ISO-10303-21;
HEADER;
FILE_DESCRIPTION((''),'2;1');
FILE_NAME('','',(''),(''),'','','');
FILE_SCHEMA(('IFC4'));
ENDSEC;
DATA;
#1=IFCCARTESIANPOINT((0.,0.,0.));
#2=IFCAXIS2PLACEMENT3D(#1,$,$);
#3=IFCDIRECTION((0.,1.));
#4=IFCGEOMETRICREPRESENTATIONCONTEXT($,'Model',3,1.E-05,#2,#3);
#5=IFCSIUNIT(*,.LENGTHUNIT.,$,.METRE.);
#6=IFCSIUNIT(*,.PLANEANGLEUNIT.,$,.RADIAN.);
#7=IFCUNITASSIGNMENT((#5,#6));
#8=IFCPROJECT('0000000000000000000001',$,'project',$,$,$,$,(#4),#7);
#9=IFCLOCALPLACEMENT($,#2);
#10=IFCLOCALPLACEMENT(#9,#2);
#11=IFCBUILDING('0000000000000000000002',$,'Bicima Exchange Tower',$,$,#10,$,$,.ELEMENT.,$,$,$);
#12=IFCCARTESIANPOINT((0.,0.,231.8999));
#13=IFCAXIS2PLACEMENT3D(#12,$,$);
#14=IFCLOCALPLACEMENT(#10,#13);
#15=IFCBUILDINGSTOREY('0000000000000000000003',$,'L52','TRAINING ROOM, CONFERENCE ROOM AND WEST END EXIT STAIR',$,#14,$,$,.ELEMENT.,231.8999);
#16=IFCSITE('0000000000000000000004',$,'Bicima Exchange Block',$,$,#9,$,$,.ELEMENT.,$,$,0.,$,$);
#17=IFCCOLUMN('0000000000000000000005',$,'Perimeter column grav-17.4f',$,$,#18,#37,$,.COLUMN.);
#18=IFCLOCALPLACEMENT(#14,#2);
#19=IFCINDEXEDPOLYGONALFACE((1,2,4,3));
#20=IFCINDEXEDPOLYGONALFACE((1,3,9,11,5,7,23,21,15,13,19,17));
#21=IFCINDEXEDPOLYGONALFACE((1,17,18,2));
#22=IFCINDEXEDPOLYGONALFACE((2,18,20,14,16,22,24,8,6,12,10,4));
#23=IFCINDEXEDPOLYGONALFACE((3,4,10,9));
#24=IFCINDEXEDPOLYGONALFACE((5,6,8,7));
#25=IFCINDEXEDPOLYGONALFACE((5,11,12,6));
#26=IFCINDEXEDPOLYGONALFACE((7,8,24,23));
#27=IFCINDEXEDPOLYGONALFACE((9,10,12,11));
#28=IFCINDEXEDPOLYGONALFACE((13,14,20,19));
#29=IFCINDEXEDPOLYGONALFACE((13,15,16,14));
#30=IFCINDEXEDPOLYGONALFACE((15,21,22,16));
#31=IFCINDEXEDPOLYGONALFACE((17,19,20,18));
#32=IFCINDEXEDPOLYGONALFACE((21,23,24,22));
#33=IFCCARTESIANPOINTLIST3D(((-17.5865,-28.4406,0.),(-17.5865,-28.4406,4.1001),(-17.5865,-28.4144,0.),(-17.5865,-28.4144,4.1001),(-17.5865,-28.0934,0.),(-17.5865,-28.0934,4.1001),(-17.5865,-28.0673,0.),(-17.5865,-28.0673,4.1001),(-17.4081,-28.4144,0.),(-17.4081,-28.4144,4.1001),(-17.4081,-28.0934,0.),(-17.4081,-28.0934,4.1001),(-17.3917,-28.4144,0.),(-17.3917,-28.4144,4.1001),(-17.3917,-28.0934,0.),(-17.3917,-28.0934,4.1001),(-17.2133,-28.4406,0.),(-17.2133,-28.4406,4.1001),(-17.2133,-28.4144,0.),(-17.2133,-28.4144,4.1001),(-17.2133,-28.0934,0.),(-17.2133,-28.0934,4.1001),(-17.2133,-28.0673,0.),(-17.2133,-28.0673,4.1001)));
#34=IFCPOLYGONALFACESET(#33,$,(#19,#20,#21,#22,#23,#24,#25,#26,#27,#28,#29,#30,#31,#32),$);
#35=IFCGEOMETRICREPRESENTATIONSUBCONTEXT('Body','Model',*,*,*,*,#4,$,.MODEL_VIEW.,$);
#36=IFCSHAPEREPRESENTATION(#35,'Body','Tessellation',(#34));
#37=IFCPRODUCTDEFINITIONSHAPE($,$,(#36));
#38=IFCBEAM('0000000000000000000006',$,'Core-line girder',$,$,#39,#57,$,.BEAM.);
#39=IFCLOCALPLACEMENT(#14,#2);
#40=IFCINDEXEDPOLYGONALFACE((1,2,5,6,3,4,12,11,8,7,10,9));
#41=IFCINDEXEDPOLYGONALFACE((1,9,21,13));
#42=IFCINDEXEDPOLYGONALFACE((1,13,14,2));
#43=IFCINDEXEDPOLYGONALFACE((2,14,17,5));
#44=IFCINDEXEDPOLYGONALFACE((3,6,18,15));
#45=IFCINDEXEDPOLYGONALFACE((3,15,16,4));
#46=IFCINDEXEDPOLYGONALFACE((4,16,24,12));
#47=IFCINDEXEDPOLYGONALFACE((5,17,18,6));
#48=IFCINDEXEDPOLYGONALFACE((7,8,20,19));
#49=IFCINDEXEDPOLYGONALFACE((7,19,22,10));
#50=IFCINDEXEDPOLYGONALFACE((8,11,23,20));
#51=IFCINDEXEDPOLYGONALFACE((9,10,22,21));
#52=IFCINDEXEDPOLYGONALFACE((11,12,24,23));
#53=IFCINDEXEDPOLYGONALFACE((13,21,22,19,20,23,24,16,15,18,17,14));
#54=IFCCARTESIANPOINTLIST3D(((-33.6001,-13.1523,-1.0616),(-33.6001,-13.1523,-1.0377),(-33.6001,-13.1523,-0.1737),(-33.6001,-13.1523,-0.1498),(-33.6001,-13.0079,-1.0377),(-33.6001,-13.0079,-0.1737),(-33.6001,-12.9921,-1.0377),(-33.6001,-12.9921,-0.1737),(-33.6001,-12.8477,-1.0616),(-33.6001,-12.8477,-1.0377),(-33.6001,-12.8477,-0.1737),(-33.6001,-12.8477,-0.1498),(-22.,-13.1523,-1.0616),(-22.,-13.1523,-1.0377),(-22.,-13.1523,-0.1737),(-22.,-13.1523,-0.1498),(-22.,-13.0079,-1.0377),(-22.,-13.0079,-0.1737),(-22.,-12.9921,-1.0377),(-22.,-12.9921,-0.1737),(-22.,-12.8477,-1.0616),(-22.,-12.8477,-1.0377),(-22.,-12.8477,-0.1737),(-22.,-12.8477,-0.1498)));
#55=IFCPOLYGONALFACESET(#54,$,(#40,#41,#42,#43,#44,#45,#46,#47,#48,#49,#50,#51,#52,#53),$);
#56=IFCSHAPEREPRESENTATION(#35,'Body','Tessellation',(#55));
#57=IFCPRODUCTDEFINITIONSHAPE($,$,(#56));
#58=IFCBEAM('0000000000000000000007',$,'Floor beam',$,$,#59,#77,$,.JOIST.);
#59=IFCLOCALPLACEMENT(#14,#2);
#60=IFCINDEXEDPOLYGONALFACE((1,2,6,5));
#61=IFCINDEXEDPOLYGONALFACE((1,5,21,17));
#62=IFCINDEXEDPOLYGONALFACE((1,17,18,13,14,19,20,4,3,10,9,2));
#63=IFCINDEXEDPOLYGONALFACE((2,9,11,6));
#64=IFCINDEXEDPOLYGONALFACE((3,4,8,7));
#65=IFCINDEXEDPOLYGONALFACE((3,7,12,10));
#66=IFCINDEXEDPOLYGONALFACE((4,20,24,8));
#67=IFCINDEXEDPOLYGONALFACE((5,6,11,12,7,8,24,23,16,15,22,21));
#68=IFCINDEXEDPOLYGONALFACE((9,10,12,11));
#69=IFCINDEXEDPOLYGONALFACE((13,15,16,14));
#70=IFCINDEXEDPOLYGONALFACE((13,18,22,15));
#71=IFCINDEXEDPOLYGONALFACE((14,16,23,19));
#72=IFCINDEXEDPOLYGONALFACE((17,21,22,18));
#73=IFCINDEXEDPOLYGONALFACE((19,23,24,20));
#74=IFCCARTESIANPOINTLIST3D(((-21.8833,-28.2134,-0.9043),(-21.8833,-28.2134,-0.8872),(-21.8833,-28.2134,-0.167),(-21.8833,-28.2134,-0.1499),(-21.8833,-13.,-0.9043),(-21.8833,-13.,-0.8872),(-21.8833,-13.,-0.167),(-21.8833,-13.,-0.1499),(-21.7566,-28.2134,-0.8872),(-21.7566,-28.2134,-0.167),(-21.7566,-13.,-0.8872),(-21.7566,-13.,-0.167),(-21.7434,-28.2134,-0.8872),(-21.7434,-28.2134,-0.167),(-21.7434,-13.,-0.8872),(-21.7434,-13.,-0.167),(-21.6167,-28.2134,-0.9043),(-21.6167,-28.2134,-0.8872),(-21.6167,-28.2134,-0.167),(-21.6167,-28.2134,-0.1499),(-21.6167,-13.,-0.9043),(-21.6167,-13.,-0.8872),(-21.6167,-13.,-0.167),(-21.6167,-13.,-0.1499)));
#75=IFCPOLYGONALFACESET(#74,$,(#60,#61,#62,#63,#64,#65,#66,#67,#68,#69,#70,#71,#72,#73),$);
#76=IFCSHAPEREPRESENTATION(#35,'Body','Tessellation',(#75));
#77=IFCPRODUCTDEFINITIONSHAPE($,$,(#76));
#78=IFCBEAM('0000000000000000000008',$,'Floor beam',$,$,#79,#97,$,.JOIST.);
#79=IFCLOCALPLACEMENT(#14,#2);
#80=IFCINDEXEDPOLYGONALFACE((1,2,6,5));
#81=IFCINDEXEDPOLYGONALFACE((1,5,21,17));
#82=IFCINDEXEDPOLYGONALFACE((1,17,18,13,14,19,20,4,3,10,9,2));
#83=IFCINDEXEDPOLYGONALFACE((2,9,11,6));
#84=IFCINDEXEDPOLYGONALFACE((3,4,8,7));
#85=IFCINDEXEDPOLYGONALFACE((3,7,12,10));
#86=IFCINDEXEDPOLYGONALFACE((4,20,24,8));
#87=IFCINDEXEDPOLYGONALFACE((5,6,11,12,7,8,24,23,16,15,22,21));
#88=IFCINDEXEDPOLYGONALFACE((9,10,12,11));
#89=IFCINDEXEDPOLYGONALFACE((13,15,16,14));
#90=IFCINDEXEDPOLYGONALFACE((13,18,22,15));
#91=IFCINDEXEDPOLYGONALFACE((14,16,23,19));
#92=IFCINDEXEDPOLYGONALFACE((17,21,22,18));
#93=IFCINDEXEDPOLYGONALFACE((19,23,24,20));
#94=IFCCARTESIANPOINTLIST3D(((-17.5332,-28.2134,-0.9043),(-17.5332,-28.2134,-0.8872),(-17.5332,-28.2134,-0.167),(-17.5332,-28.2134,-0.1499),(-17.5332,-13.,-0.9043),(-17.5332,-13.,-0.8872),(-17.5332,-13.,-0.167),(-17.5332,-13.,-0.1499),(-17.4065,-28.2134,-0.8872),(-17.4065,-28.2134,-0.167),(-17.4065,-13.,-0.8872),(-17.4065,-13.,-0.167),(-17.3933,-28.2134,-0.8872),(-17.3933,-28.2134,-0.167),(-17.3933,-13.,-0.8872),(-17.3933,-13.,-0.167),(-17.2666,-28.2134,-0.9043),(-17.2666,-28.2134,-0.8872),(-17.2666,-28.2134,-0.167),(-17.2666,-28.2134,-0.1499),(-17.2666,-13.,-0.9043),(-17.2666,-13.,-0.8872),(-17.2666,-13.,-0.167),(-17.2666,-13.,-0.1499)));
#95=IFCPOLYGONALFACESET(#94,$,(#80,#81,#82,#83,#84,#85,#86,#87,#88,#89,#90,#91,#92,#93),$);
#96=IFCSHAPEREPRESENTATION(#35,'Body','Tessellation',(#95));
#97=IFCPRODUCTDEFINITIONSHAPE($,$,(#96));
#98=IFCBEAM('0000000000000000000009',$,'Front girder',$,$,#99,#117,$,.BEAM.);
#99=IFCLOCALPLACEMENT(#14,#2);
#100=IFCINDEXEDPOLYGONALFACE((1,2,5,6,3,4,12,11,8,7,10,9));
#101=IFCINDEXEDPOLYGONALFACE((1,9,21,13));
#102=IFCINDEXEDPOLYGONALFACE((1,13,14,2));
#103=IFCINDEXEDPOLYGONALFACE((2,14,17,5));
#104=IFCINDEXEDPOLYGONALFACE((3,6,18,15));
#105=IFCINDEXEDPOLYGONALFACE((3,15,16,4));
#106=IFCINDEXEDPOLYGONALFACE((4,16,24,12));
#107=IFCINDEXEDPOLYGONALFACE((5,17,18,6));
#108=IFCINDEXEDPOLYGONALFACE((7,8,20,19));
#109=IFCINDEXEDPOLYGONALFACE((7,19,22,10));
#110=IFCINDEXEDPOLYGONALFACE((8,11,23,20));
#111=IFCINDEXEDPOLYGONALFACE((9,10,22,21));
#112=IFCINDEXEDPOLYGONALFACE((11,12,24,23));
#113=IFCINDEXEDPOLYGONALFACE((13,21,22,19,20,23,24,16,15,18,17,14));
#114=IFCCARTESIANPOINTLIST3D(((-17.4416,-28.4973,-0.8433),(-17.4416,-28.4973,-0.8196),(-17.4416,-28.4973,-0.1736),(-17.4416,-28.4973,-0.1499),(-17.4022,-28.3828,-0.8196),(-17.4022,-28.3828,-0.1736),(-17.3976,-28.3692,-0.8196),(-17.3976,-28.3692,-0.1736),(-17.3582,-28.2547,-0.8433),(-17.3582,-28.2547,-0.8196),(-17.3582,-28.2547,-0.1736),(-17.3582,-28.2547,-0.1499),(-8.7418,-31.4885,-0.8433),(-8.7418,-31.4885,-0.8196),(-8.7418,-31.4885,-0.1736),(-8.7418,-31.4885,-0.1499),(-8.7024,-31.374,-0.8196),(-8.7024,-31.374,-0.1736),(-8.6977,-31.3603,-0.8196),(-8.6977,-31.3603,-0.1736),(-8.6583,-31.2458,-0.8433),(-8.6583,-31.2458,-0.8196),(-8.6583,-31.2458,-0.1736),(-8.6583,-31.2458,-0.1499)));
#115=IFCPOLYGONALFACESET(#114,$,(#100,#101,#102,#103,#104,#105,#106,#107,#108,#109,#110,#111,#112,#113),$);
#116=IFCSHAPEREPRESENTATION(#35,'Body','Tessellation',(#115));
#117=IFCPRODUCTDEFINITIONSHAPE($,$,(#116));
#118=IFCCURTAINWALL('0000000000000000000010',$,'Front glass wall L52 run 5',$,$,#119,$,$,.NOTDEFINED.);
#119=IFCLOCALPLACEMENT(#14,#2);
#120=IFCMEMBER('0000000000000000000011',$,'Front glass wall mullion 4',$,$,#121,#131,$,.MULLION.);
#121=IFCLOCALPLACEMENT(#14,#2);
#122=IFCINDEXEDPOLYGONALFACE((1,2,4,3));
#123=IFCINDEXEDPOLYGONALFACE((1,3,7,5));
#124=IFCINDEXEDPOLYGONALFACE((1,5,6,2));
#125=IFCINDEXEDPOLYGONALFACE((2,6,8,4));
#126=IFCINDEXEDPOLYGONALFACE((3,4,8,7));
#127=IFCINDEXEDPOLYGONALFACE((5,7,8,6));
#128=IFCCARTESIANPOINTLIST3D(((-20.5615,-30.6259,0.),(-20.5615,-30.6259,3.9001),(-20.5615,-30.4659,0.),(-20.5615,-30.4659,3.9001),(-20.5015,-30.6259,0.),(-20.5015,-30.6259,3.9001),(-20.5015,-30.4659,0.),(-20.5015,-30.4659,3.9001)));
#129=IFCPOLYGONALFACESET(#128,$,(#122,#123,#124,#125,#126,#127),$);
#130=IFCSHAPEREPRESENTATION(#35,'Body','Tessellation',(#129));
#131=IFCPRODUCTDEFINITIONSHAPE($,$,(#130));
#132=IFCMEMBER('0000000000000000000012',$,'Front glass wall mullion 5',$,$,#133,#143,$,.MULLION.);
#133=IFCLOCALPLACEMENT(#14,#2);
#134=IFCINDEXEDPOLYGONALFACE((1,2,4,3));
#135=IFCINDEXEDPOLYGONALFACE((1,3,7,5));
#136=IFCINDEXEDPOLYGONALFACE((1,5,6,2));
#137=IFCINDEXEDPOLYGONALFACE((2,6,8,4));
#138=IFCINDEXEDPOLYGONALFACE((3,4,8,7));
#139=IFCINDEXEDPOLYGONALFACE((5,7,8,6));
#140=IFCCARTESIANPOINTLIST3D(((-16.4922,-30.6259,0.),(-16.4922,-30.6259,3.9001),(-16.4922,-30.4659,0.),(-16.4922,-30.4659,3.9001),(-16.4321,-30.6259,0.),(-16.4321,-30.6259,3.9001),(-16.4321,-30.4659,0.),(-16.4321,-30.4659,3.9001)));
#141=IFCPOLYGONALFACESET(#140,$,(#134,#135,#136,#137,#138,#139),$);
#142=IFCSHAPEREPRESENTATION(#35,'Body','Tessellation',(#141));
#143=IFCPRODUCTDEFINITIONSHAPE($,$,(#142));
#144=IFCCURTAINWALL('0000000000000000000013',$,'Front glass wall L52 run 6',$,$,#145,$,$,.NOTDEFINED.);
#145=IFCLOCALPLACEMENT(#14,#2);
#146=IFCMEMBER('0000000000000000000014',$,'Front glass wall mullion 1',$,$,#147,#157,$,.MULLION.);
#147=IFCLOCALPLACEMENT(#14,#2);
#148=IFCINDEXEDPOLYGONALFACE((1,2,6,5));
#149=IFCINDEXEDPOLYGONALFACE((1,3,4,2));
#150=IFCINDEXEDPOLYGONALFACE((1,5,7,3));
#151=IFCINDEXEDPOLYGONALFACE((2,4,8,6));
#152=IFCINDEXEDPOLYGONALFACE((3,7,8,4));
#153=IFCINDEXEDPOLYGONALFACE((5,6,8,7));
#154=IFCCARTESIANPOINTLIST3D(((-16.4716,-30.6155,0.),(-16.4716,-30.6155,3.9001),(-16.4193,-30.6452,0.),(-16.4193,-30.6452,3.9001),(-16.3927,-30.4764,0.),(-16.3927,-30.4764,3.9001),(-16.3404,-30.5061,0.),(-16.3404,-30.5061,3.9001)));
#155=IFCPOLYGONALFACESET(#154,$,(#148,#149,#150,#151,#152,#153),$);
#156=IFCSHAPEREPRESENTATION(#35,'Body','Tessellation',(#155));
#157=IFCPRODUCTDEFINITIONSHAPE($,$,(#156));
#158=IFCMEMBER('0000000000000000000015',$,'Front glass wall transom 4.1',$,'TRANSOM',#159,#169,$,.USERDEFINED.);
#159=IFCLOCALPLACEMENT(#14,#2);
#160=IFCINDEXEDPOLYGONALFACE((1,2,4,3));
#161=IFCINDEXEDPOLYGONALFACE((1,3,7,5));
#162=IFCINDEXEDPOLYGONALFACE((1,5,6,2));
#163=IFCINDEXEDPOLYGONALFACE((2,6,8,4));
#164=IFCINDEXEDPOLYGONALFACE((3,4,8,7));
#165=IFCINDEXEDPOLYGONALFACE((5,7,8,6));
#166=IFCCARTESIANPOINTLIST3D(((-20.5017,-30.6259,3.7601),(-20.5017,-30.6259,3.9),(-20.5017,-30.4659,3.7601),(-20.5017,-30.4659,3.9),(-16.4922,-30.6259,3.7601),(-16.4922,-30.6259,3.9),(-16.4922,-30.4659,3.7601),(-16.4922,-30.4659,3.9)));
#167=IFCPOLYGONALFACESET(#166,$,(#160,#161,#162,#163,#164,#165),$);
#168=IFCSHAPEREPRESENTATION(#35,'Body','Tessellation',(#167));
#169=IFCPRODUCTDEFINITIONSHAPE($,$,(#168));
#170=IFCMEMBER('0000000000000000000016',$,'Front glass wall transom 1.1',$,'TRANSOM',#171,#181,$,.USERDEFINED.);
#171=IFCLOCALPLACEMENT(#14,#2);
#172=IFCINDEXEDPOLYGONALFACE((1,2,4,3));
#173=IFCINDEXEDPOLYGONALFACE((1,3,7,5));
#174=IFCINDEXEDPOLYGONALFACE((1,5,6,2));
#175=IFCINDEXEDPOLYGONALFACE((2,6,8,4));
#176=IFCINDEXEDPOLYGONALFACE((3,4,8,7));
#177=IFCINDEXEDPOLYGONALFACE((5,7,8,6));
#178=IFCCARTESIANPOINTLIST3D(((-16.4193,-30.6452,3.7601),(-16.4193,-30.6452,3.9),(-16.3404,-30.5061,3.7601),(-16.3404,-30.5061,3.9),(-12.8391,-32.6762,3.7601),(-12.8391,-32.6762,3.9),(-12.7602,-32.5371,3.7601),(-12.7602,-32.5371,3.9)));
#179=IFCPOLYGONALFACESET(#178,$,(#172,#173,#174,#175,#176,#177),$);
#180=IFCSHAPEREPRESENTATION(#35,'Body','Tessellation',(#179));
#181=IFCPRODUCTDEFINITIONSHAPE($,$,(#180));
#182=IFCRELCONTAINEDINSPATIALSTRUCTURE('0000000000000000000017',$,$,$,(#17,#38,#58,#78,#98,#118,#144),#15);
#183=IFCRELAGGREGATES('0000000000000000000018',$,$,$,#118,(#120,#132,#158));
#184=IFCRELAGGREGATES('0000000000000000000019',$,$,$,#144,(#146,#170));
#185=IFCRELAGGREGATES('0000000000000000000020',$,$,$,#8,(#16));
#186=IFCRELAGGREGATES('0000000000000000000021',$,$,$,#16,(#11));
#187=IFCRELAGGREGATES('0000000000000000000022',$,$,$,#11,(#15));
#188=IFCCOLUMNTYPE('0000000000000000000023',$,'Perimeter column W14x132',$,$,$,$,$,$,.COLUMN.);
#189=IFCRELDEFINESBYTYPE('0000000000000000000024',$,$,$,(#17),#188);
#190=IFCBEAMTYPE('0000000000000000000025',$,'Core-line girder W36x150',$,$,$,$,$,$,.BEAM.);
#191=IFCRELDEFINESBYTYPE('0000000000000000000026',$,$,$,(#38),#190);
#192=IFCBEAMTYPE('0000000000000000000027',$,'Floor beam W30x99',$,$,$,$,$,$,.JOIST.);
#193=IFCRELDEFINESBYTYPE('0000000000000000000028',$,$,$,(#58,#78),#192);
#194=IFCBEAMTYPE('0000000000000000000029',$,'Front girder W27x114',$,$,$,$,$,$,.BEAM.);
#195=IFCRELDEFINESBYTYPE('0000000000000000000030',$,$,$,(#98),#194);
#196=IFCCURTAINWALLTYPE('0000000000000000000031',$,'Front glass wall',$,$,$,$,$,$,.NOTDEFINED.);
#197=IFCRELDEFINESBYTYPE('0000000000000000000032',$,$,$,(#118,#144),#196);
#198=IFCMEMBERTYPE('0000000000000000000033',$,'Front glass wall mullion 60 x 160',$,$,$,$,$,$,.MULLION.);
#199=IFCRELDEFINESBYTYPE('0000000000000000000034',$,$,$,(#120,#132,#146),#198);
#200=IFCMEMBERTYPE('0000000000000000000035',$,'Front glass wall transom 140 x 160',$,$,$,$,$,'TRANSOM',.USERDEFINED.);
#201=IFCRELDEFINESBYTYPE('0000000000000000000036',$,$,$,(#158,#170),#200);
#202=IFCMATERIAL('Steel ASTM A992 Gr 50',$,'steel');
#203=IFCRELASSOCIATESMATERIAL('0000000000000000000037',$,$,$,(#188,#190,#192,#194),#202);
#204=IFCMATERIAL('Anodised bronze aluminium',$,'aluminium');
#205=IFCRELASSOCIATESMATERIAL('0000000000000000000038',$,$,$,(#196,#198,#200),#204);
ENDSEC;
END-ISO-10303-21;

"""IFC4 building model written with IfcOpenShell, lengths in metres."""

from ifc_helpers import new_model, si_unit, direction, frame, origin, origin_2d, place, context, subcontext, project, spatial, rectangle, i_section, extrude, material, material_profile, profile_set, type_object, element, aggregate, save


model = new_model("IFC4")

# Units and contexts
model_context = context("Model", 3, precision=1e-05, world=origin(), true_north=direction((0.0, 1.0)))
body_context = subcontext(model_context, "Body", "Model", "MODEL_VIEW")
ifc_project = project(units=[si_unit("LENGTHUNIT", "METRE"), si_unit("PLANEANGLEUNIT", "RADIAN")], contexts=[model_context])

# Site, building, storey
site_placement = place(None, origin())
site = spatial("IfcSite", under=ifc_project, at=site_placement, Name="Bicima Exchange Block", CompositionType="ELEMENT", RefElevation=0.0)
building_placement = place(site_placement, origin())
building = spatial("IfcBuilding", under=site, at=building_placement, Name="Bicima Exchange Tower", CompositionType="ELEMENT")
storey_placement = place(building_placement, frame((0.0, 0.0, 231.8999)))
storey = spatial("IfcBuildingStorey", under=building, at=storey_placement, Name="L52", Description="TRAINING ROOM, CONFERENCE ROOM AND WEST END EXIT STAIR", CompositionType="ELEMENT", Elevation=231.8999)

# Column
ifc_material_1 = material(Name="Steel ASTM A992 Gr 50", Category="steel")
ifc_material_profile_1 = material_profile(ifc_material_1, i_section(OverallWidth=0.3733, OverallDepth=0.3733, WebThickness=0.0164, FlangeThickness=0.0261, at=origin_2d()))
ifc_profile_set_1 = profile_set([ifc_material_profile_1], Name="Steel ASTM A992 Gr 50")
column_type = type_object("IfcColumnType", Name="Perimeter column W14x132", PredefinedType="COLUMN", material=ifc_profile_set_1)
column_placement = place(storey_placement, frame((-17.3999, -28.2539, 0.0), z_axis=(0.0, 0.0, 1.0), x_axis=(1.0, 0.0, 0.0)))
element("IfcColumn", 1, at=column_placement, inside=storey, type_object=column_type, Name="Perimeter column grav-17.4f", PredefinedType="COLUMN", context=body_context, shape_type="SweptSolid", body=[
    extrude(i_section(OverallWidth=0.3733, OverallDepth=0.3733, WebThickness=0.0164, FlangeThickness=0.0261, at=origin_2d()), origin(), (0.0, 0.0, 1.0), 4.1001),
])

# Beams
ifc_material_profile_2 = material_profile(ifc_material_1, i_section(OverallWidth=0.3047, OverallDepth=0.9119, WebThickness=0.0159, FlangeThickness=0.0239, at=origin_2d()))
ifc_profile_set_2 = profile_set([ifc_material_profile_2], Name="Steel ASTM A992 Gr 50")
beam_type_1 = type_object("IfcBeamType", Name="Core-line girder W36x150", PredefinedType="BEAM", material=ifc_profile_set_2)
beam_1_placement = place(storey_placement, frame((-22.0, -13.0, -0.6057), z_axis=(-1.0, 0.0, 0.0), x_axis=(0.0, -1.0, 0.0)))
element("IfcBeam", 2, at=beam_1_placement, inside=storey, type_object=beam_type_1, Name="Core-line girder", PredefinedType="BEAM", context=body_context, shape_type="SweptSolid", body=[
    extrude(i_section(OverallWidth=0.3047, OverallDepth=0.9119, WebThickness=0.0159, FlangeThickness=0.0239, at=origin_2d()), origin(), (0.0, 0.0, 1.0), 11.6001),
])
ifc_material_profile_3 = material_profile(ifc_material_1, i_section(OverallWidth=0.2666, OverallDepth=0.7544, WebThickness=0.0132, FlangeThickness=0.0171, at=origin_2d()))
ifc_profile_set_3 = profile_set([ifc_material_profile_3], Name="Steel ASTM A992 Gr 50")
beam_type_2 = type_object("IfcBeamType", Name="Floor beam W30x99", PredefinedType="JOIST", material=ifc_profile_set_3)
for number, where, z_axis, x_axis, name in (
    (3, (-21.75, -13.0, -0.5271), (0.0, -1.0, 0.0), (1.0, 0.0, 0.0), "Floor beam"),
    (4, (-17.3999, -13.0, -0.5271), (0.0, -1.0, 0.0), (1.0, 0.0, 0.0), "Floor beam"),
):
    element("IfcBeam", number, at=place(storey_placement, frame(where, z_axis=z_axis, x_axis=x_axis)), inside=storey, type_object=beam_type_2, Name=name, PredefinedType="JOIST", context=body_context, shape_type="SweptSolid", body=[
        extrude(i_section(OverallWidth=0.2666, OverallDepth=0.7544, WebThickness=0.0132, FlangeThickness=0.0171, at=origin_2d()), origin(), (0.0, 0.0, 1.0), 15.2134),
    ])
ifc_material_profile_4 = material_profile(ifc_material_1, i_section(OverallWidth=0.2566, OverallDepth=0.6934, WebThickness=0.0144, FlangeThickness=0.0237, at=origin_2d()))
ifc_profile_set_4 = profile_set([ifc_material_profile_4], Name="Steel ASTM A992 Gr 50")
beam_type_3 = type_object("IfcBeamType", Name="Front girder W27x114", PredefinedType="BEAM", material=ifc_profile_set_4)
beam_2_placement = place(storey_placement, frame((-17.3999, -28.376, -0.4966), z_axis=(0.945666, -0.325138, 0.0), x_axis=(0.325138, 0.945666, 0.0)))
element("IfcBeam", 5, at=beam_2_placement, inside=storey, type_object=beam_type_3, Name="Front girder", PredefinedType="BEAM", context=body_context, shape_type="SweptSolid", body=[
    extrude(i_section(OverallWidth=0.2566, OverallDepth=0.6934, WebThickness=0.0144, FlangeThickness=0.0237, at=origin_2d()), origin(), (0.0, 0.0, 1.0), 9.1997),
])

# Curtain wall, members
ifc_material_2 = material(Name="Anodised bronze aluminium", Category="aluminium")
curtain_wall_type = type_object("IfcCurtainWallType", Name="Front glass wall", PredefinedType="NOTDEFINED", material=ifc_material_2)
curtain_wall_1_placement = place(storey_placement, origin())
curtain_wall_1 = element("IfcCurtainWall", 6, at=curtain_wall_1_placement, inside=storey, type_object=curtain_wall_type, Name="Front glass wall L52 run 5", PredefinedType="NOTDEFINED")
ifc_material_profile_5 = material_profile(ifc_material_2, rectangle(XDim=0.1599, YDim=0.0601, at=origin_2d()))
ifc_profile_set_5 = profile_set([ifc_material_profile_5], Name="Anodised bronze aluminium")
member_type_1 = type_object("IfcMemberType", Name="Front glass wall mullion 60 x 160", PredefinedType="MULLION", material=ifc_profile_set_5)
member_1_placement = place(storey_placement, frame((-20.5315, -30.5459, 0.0), z_axis=(0.0, 0.0, 1.0), x_axis=(0.0, 1.0, 0.0)))
member_1 = element("IfcMember", 7, at=member_1_placement, type_object=member_type_1, Name="Front glass wall mullion 4", PredefinedType="MULLION", context=body_context, shape_type="SweptSolid", body=[
    extrude(rectangle(XDim=0.1599, YDim=0.0601, at=origin_2d()), origin(), (0.0, 0.0, 1.0), 3.9001),
])
member_2_placement = place(storey_placement, frame((-16.4622, -30.5459, 0.0), z_axis=(0.0, 0.0, 1.0), x_axis=(0.0, 1.0, 0.0)))
member_2 = element("IfcMember", 8, at=member_2_placement, type_object=member_type_1, Name="Front glass wall mullion 5", PredefinedType="MULLION", context=body_context, shape_type="SweptSolid", body=[
    extrude(rectangle(XDim=0.1599, YDim=0.0601, at=origin_2d()), origin(), (0.0, 0.0, 1.0), 3.9001),
])

# Curtain wall, member
curtain_wall_2_placement = place(storey_placement, origin())
curtain_wall_2 = element("IfcCurtainWall", 9, at=curtain_wall_2_placement, inside=storey, type_object=curtain_wall_type, Name="Front glass wall L52 run 6", PredefinedType="NOTDEFINED")
member_3_placement = place(storey_placement, frame((-16.406, -30.5608, 0.0), z_axis=(0.0, 0.0, 1.0), x_axis=(0.493395, 0.869805, 0.0)))
member_3 = element("IfcMember", 10, at=member_3_placement, type_object=member_type_1, Name="Front glass wall mullion 1", PredefinedType="MULLION", context=body_context, shape_type="SweptSolid", body=[
    extrude(rectangle(XDim=0.1599, YDim=0.0601, at=origin_2d()), origin(), (0.0, 0.0, 1.0), 3.9001),
])

# Members
ifc_material_profile_6 = material_profile(ifc_material_2, rectangle(XDim=0.1599, YDim=0.1399, at=origin_2d()))
ifc_profile_set_6 = profile_set([ifc_material_profile_6], Name="Anodised bronze aluminium")
member_type_2 = type_object("IfcMemberType", Name="Front glass wall transom 140 x 160", ElementType="TRANSOM", PredefinedType="USERDEFINED", material=ifc_profile_set_6)
member_4_placement = place(storey_placement, frame((-20.5017, -30.5459, 3.8301), z_axis=(1.0, 0.0, 0.0), x_axis=(0.0, 1.0, 0.0)))
member_4 = element("IfcMember", 11, at=member_4_placement, type_object=member_type_2, Name="Front glass wall transom 4.1", ObjectType="TRANSOM", PredefinedType="USERDEFINED", context=body_context, shape_type="SweptSolid", body=[
    extrude(rectangle(XDim=0.1599, YDim=0.1399, at=origin_2d()), origin(), (0.0, 0.0, 1.0), 4.0095),
])
member_5_placement = place(storey_placement, frame((-16.3799, -30.5757, 3.8301), z_axis=(0.869797, -0.493409, 0.0), x_axis=(0.493409, 0.869797, 0.0)))
member_5 = element("IfcMember", 12, at=member_5_placement, type_object=member_type_2, Name="Front glass wall transom 1.1", ObjectType="TRANSOM", PredefinedType="USERDEFINED", context=body_context, shape_type="SweptSolid", body=[
    extrude(rectangle(XDim=0.1599, YDim=0.1399, at=origin_2d()), origin(), (0.0, 0.0, 1.0), 4.1162),
])

aggregate(curtain_wall_1, [member_1, member_2, member_4])
aggregate(curtain_wall_2, [member_3, member_5])

save(model, "model.ifc")
